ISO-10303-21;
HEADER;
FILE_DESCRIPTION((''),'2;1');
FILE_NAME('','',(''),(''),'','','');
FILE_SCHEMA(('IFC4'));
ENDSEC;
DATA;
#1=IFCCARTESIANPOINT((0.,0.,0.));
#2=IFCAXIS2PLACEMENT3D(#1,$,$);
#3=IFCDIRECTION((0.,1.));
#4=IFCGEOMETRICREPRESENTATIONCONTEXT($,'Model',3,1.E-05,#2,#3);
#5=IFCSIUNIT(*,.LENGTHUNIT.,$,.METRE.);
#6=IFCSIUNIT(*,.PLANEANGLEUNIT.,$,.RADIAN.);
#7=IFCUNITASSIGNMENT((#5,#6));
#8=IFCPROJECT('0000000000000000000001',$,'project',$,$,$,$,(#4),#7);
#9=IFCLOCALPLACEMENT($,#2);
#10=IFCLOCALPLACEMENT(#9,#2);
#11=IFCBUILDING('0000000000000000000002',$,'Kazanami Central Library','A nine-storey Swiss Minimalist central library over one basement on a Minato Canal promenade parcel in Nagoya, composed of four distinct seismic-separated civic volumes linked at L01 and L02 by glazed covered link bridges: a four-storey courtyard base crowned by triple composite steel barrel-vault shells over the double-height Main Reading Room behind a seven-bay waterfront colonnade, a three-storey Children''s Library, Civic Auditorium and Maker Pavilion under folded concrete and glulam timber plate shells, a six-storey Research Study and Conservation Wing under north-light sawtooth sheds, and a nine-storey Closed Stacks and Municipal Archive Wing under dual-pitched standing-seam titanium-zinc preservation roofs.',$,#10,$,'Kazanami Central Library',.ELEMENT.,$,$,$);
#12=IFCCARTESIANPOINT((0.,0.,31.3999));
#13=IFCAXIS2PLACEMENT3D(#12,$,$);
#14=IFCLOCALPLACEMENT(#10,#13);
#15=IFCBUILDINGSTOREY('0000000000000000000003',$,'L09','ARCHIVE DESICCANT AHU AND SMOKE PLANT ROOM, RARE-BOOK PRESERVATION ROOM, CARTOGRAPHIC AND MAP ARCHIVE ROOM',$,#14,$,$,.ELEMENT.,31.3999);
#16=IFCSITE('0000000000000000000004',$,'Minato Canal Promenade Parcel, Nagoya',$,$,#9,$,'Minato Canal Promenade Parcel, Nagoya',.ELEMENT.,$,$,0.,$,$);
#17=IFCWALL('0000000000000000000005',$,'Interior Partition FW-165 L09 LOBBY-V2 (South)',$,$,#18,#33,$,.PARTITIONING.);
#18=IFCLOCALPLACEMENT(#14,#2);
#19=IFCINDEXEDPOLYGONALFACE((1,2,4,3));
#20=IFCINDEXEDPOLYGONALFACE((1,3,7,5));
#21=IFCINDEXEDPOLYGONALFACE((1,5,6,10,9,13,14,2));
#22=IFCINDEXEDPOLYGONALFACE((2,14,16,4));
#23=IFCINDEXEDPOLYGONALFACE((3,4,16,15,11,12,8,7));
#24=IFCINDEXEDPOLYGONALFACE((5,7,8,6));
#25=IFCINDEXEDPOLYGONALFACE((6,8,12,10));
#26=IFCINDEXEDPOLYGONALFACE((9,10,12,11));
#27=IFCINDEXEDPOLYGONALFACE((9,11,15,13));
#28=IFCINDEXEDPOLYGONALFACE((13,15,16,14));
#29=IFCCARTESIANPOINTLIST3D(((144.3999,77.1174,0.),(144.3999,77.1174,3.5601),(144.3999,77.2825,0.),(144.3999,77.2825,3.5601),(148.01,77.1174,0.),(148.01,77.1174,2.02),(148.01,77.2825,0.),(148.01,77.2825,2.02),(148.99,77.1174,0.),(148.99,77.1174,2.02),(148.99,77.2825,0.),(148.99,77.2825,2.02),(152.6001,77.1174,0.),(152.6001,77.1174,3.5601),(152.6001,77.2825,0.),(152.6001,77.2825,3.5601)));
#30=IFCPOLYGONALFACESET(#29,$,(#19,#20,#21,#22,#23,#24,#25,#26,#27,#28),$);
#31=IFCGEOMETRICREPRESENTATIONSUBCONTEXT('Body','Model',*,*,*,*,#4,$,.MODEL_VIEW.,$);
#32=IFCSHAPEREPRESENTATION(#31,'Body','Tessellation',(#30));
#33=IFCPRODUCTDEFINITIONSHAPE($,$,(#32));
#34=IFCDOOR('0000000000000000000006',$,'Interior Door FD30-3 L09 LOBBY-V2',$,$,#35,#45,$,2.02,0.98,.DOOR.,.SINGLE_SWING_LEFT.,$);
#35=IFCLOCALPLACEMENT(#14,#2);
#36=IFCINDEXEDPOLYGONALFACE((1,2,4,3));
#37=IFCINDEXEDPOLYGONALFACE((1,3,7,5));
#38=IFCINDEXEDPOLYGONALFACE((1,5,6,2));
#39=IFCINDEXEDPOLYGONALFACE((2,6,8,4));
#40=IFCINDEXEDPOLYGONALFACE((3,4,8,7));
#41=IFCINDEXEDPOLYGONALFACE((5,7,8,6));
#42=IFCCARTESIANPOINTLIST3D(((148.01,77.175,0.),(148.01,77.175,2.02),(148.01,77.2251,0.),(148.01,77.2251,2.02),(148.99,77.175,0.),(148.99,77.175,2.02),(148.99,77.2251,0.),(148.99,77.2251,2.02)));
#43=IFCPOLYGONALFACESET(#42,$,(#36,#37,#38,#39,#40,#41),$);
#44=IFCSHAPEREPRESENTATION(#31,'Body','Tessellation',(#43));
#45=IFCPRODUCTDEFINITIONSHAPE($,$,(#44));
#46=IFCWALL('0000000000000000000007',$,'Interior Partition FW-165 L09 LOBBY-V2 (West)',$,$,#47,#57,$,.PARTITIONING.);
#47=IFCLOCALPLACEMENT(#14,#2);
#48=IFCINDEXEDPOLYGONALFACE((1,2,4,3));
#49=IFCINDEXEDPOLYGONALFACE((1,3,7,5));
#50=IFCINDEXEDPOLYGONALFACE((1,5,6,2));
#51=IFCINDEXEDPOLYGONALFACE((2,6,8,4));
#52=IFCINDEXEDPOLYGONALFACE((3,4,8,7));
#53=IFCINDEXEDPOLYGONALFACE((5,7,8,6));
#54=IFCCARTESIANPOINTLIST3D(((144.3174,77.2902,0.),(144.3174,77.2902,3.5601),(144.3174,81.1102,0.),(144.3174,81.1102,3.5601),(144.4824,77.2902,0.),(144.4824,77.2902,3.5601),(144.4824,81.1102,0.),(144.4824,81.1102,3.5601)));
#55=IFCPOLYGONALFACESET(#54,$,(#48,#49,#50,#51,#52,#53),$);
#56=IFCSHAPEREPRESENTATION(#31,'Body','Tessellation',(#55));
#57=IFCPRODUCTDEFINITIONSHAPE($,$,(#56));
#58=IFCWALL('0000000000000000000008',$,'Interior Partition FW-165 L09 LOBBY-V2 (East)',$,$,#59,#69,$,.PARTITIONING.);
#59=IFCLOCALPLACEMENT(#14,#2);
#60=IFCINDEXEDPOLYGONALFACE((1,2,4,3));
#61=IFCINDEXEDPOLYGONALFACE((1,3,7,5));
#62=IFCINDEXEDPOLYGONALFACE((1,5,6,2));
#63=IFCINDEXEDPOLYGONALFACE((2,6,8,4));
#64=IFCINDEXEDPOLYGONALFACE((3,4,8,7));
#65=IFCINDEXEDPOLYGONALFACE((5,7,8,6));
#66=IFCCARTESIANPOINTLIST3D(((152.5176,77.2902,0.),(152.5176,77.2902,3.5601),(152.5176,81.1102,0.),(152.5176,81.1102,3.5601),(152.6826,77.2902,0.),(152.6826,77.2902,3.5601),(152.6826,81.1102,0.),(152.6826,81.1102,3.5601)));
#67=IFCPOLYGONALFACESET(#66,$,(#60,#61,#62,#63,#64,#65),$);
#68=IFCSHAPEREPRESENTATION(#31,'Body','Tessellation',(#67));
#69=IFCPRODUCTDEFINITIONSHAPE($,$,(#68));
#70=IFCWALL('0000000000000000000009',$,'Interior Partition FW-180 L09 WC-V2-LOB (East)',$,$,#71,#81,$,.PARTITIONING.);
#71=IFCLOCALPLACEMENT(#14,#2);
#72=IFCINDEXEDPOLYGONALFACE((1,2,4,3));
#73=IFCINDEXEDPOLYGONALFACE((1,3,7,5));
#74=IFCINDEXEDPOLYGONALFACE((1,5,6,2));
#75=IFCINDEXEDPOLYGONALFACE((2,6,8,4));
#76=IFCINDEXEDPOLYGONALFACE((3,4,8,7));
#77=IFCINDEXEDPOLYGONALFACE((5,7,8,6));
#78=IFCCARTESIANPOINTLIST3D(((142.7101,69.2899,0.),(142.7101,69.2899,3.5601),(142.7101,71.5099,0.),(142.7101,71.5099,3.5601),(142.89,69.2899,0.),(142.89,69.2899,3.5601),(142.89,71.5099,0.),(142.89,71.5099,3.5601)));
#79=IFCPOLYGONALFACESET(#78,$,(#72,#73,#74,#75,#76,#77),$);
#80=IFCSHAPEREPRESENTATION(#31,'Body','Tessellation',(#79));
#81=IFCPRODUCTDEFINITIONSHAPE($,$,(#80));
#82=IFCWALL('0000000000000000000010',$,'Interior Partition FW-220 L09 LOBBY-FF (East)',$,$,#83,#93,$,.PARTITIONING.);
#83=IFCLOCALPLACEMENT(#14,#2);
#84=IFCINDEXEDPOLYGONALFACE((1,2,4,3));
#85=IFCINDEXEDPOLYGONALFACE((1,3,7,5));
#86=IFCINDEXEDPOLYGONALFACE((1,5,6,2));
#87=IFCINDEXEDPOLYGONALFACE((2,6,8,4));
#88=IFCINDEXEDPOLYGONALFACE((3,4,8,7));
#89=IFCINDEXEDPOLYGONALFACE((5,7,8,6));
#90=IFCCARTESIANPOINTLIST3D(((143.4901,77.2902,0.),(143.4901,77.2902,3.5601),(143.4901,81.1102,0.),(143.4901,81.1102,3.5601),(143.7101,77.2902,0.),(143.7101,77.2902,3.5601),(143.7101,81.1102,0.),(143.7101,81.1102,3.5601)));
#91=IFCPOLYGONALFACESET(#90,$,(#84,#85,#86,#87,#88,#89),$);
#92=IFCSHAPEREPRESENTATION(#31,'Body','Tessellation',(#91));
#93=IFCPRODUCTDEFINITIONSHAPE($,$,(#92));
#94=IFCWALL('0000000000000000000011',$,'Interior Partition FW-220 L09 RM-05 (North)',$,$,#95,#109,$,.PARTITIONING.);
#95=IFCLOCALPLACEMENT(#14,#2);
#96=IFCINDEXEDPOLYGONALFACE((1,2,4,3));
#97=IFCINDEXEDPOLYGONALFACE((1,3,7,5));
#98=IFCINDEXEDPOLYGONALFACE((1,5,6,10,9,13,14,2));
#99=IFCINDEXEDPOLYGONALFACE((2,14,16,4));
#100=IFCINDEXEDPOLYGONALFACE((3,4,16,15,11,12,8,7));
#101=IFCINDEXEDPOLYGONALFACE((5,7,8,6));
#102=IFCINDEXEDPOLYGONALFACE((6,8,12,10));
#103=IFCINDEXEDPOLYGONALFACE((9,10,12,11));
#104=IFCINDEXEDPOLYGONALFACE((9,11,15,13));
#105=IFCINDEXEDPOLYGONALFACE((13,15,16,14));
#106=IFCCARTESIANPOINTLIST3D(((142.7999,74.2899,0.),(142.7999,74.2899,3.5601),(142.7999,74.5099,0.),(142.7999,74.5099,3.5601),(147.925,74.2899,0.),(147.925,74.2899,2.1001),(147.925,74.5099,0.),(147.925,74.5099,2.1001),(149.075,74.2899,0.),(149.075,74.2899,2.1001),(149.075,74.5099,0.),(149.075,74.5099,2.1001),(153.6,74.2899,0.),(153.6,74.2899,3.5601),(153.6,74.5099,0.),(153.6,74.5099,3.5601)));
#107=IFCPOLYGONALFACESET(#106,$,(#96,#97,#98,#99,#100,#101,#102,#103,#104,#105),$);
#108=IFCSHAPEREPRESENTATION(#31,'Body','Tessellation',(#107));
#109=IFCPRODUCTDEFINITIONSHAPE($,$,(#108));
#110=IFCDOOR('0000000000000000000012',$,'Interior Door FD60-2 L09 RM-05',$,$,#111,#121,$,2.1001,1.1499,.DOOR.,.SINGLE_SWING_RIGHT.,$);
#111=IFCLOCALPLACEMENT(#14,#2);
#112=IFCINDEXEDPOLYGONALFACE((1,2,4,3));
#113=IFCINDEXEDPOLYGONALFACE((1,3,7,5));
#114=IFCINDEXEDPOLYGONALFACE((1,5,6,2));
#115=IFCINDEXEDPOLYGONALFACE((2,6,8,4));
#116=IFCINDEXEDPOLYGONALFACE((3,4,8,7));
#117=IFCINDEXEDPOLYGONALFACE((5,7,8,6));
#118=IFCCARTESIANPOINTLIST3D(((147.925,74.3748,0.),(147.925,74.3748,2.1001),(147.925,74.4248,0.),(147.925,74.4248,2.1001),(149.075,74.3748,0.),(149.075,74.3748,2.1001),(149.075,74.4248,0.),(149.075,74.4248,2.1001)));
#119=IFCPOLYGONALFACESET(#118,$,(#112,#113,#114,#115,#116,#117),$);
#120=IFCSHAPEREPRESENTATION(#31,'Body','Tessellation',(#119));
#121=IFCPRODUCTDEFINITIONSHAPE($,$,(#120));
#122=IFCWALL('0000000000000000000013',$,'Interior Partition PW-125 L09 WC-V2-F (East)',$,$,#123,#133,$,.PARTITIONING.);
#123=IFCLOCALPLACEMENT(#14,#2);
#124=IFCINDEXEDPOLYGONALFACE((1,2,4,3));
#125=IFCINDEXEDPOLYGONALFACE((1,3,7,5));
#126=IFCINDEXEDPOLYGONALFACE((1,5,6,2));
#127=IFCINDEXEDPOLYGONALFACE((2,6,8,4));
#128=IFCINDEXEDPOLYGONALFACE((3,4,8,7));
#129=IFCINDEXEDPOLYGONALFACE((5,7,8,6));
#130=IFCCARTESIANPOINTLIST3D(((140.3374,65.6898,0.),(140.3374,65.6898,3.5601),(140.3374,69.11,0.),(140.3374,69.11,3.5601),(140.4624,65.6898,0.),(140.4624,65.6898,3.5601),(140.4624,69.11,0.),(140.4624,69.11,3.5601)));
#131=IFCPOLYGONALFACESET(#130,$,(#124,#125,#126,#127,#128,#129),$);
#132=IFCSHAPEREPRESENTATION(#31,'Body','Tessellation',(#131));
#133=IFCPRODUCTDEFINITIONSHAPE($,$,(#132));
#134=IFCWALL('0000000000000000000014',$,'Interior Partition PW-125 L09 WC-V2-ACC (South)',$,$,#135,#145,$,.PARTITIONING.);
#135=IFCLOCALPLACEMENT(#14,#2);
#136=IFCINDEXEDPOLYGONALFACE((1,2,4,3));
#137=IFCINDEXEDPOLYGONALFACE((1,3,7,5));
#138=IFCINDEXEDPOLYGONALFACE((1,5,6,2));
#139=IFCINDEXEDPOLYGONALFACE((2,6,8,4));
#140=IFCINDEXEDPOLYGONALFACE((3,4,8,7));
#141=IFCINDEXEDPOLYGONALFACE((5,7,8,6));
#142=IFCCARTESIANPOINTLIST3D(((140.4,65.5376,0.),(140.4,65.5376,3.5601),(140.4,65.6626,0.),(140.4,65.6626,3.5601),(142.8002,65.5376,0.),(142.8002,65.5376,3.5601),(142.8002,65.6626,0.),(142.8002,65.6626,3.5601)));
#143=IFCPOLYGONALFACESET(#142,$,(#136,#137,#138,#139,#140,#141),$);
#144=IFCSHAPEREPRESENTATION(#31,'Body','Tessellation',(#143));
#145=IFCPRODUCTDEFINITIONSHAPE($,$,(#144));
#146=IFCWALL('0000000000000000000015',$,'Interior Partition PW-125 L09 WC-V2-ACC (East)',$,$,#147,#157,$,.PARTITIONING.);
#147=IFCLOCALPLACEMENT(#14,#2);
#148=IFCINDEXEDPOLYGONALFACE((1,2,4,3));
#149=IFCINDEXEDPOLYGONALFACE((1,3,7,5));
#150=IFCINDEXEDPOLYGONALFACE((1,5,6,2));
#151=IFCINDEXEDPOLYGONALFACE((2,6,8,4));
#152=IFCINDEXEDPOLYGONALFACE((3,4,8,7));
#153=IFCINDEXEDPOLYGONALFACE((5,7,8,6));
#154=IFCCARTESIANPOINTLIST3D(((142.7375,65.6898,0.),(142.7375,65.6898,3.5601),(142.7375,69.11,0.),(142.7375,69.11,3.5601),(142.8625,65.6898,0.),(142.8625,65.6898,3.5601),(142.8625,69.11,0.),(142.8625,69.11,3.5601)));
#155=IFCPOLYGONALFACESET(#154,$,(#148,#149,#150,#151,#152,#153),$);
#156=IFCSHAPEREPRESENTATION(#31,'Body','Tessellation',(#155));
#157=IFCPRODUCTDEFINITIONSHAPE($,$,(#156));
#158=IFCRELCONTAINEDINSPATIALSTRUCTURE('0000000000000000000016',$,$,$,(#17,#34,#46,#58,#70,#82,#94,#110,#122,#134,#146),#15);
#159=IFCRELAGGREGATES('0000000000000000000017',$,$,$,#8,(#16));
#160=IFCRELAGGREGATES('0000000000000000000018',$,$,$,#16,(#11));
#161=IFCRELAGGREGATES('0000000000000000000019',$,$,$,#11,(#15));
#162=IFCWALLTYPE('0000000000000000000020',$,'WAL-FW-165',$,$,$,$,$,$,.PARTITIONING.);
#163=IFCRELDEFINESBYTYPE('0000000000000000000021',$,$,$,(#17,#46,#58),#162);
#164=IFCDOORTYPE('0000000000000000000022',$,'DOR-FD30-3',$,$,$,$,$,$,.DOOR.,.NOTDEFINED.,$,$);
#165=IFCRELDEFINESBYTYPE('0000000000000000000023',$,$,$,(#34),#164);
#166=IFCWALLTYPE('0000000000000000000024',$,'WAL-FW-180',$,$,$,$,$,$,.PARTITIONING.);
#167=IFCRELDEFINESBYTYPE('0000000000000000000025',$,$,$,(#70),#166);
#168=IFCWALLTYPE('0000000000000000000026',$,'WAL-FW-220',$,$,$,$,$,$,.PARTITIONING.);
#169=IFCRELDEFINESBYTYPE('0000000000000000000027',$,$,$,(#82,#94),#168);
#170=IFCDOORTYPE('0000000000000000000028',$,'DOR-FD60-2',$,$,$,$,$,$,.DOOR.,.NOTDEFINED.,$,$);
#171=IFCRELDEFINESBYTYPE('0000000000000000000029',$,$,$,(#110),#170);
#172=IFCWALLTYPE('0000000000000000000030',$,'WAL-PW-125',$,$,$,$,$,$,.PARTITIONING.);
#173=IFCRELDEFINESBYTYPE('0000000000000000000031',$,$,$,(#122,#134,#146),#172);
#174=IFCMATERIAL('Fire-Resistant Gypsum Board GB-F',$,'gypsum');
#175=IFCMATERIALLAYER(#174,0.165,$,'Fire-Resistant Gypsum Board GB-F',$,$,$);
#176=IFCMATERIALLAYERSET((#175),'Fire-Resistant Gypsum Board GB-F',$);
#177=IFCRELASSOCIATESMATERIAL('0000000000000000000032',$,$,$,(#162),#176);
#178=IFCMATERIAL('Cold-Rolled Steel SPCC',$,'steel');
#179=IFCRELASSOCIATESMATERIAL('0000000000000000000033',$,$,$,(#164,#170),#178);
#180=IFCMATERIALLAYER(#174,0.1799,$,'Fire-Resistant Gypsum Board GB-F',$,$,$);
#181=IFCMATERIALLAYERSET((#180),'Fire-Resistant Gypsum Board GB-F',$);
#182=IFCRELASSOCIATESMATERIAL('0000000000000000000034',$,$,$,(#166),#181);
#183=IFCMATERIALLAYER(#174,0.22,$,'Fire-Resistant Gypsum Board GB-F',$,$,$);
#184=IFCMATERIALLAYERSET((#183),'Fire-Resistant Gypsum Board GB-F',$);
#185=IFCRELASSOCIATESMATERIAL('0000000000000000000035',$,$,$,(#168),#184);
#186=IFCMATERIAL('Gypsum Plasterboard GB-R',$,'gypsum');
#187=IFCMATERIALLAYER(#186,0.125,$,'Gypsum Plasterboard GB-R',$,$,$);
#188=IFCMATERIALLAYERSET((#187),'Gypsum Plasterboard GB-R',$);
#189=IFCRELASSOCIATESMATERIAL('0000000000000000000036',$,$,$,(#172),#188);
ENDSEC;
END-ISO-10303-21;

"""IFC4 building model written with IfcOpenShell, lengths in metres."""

from ifc_helpers import new_model, si_unit, direction, frame, frame_2d, origin, place, context, subcontext, project, spatial, rectangle, extrude, material, layer, layer_set, type_object, element, fill, save


model = new_model("IFC4")

# Units and contexts
model_context = context("Model", 3, precision=1e-05, world=origin(), true_north=direction((0.0, 1.0)))
body_context = subcontext(model_context, "Body", "Model", "MODEL_VIEW")
ifc_project = project(units=[si_unit("LENGTHUNIT", "METRE"), si_unit("PLANEANGLEUNIT", "RADIAN")], contexts=[model_context])

# Site, building, storey
site_placement = place(None, origin())
site = spatial("IfcSite", under=ifc_project, at=site_placement, Name="Minato Canal Promenade Parcel, Nagoya", LongName="Minato Canal Promenade Parcel, Nagoya", CompositionType="ELEMENT", RefElevation=0.0)
building_placement = place(site_placement, origin())
building = spatial("IfcBuilding", under=site, at=building_placement, Name="Kazanami Central Library", Description="A nine-storey Swiss Minimalist central library over one basement on a Minato Canal promenade parcel in Nagoya, composed of four distinct seismic-separated civic volumes linked at L01 and L02 by glazed covered link bridges: a four-storey courtyard base crowned by triple composite steel barrel-vault shells over the double-height Main Reading Room behind a seven-bay waterfront colonnade, a three-storey Children's Library, Civic Auditorium and Maker Pavilion under folded concrete and glulam timber plate shells, a six-storey Research Study and Conservation Wing under north-light sawtooth sheds, and a nine-storey Closed Stacks and Municipal Archive Wing under dual-pitched standing-seam titanium-zinc preservation roofs.", LongName="Kazanami Central Library", CompositionType="ELEMENT")
storey_placement = place(building_placement, frame((0.0, 0.0, 31.3999)))
storey = spatial("IfcBuildingStorey", under=building, at=storey_placement, Name="L09", Description="ARCHIVE DESICCANT AHU AND SMOKE PLANT ROOM, RARE-BOOK PRESERVATION ROOM, CARTOGRAPHIC AND MAP ARCHIVE ROOM", CompositionType="ELEMENT", Elevation=31.3999)

# Wall, opening, door
ifc_material_1 = material(Name="Fire-Resistant Gypsum Board GB-F", Category="gypsum")
ifc_layer_1 = layer(ifc_material_1, 0.165, Name="Fire-Resistant Gypsum Board GB-F")
ifc_layer_set_1 = layer_set([ifc_layer_1], Name="Fire-Resistant Gypsum Board GB-F")
wall_type_1 = type_object("IfcWallType", Name="WAL-FW-165", PredefinedType="PARTITIONING", material=ifc_layer_set_1)
wall_1_placement = place(storey_placement, frame((144.3999, 77.2, 0.0), z_axis=(0.0, 0.0, 1.0), x_axis=(1.0, 0.0, 0.0)))
wall_1 = element("IfcWall", 1, at=wall_1_placement, inside=storey, type_object=wall_type_1, Name="Interior Partition FW-165 L09 LOBBY-V2 (South)", PredefinedType="PARTITIONING", context=body_context, shape_type="SweptSolid", body=[
    extrude(rectangle(XDim=8.2002, YDim=0.165, at=frame_2d((4.1001, 0.0))), origin(), (0.0, 0.0, 1.0), 3.5601),
])
opening_1_placement = place(wall_1_placement, frame((3.6101, 0.0, 0.0)))
opening_1 = element("IfcOpeningElement", 2, at=opening_1_placement, cuts=wall_1, PredefinedType="OPENING", context=body_context, shape_type="SweptSolid", body=[
    extrude(rectangle(XDim=0.98, YDim=2.02, at=frame_2d((0.49, 1.01))), frame((0.0, 0.0945, 0.0), z_axis=(0.0, -1.0, 0.0), x_axis=(1.0, 0.0, 0.0)), (0.0, 0.0, 1.0), 0.189),
])
ifc_material_2 = material(Name="Cold-Rolled Steel SPCC", Category="steel")
door_type_1 = type_object("IfcDoorType", Name="DOR-FD30-3", OperationType="NOTDEFINED", PredefinedType="DOOR", material=ifc_material_2)
door_1_placement = place(opening_1_placement, frame((0.98, 0.0, 0.0), z_axis=(0.0, 0.0, 1.0), x_axis=(-1.0, 0.0, 0.0)))
door_1 = element("IfcDoor", 3, at=door_1_placement, inside=storey, type_object=door_type_1, Name="Interior Door FD30-3 L09 LOBBY-V2", OperationType="SINGLE_SWING_LEFT", OverallHeight=2.02, OverallWidth=0.98, PredefinedType="DOOR", context=body_context, shape_type="SweptSolid", body=[
    extrude(rectangle(XDim=0.98, YDim=2.02, at=frame_2d((0.49, 1.01))), frame((0.0, 0.0249, 0.0), z_axis=(0.0, -1.0, 0.0), x_axis=(1.0, 0.0, 0.0)), (0.0, 0.0, 1.0), 0.05),
])
fill(opening_1, door_1)

# Walls
for number, where, z_axis, x_axis, name in (
    (4, (144.3999, 77.29, 0.0), (0.0, 0.0, 1.0), (0.0, 1.0, 0.0), "Interior Partition FW-165 L09 LOBBY-V2 (West)"),
    (5, (152.6001, 77.29, 0.0), (0.0, 0.0, 1.0), (0.0, 1.0, 0.0), "Interior Partition FW-165 L09 LOBBY-V2 (East)"),
):
    element("IfcWall", number, at=place(storey_placement, frame(where, z_axis=z_axis, x_axis=x_axis)), inside=storey, type_object=wall_type_1, Name=name, PredefinedType="PARTITIONING", context=body_context, shape_type="SweptSolid", body=[
        extrude(rectangle(XDim=3.8201, YDim=0.165, at=frame_2d((1.9102, 0.0))), origin(), (0.0, 0.0, 1.0), 3.5601),
    ])
ifc_layer_2 = layer(ifc_material_1, 0.1799, Name="Fire-Resistant Gypsum Board GB-F")
ifc_layer_set_2 = layer_set([ifc_layer_2], Name="Fire-Resistant Gypsum Board GB-F")
wall_type_2 = type_object("IfcWallType", Name="WAL-FW-180", PredefinedType="PARTITIONING", material=ifc_layer_set_2)
wall_2_placement = place(storey_placement, frame((142.8, 69.29, 0.0), z_axis=(0.0, 0.0, 1.0), x_axis=(0.0, 1.0, 0.0)))
element("IfcWall", 6, at=wall_2_placement, inside=storey, type_object=wall_type_2, Name="Interior Partition FW-180 L09 WC-V2-LOB (East)", PredefinedType="PARTITIONING", context=body_context, shape_type="SweptSolid", body=[
    extrude(rectangle(XDim=2.22, YDim=0.1799, at=frame_2d((1.1099, 0.0))), origin(), (0.0, 0.0, 1.0), 3.5601),
])
ifc_layer_3 = layer(ifc_material_1, 0.22, Name="Fire-Resistant Gypsum Board GB-F")
ifc_layer_set_3 = layer_set([ifc_layer_3], Name="Fire-Resistant Gypsum Board GB-F")
wall_type_3 = type_object("IfcWallType", Name="WAL-FW-220", PredefinedType="PARTITIONING", material=ifc_layer_set_3)
wall_3_placement = place(storey_placement, frame((143.6001, 77.29, 0.0), z_axis=(0.0, 0.0, 1.0), x_axis=(0.0, 1.0, 0.0)))
element("IfcWall", 7, at=wall_3_placement, inside=storey, type_object=wall_type_3, Name="Interior Partition FW-220 L09 LOBBY-FF (East)", PredefinedType="PARTITIONING", context=body_context, shape_type="SweptSolid", body=[
    extrude(rectangle(XDim=3.8201, YDim=0.22, at=frame_2d((1.9102, 0.0))), origin(), (0.0, 0.0, 1.0), 3.5601),
])

# Wall, opening, door
wall_4_placement = place(storey_placement, frame((142.8, 74.3999, 0.0), z_axis=(0.0, 0.0, 1.0), x_axis=(1.0, 0.0, 0.0)))
wall_4 = element("IfcWall", 8, at=wall_4_placement, inside=storey, type_object=wall_type_3, Name="Interior Partition FW-220 L09 RM-05 (North)", PredefinedType="PARTITIONING", context=body_context, shape_type="SweptSolid", body=[
    extrude(rectangle(XDim=10.8, YDim=0.22, at=frame_2d((5.3999, 0.0))), origin(), (0.0, 0.0, 1.0), 3.5601),
])
opening_2_placement = place(wall_4_placement, frame((5.125, 0.0, 0.0)))
opening_2 = element("IfcOpeningElement", 9, at=opening_2_placement, cuts=wall_4, PredefinedType="OPENING", context=body_context, shape_type="SweptSolid", body=[
    extrude(rectangle(XDim=1.1499, YDim=2.1001, at=frame_2d((0.575, 1.05))), frame((0.0, 0.1221, 0.0), z_axis=(0.0, -1.0, 0.0), x_axis=(1.0, 0.0, 0.0)), (0.0, 0.0, 1.0), 0.2439),
])
door_type_2 = type_object("IfcDoorType", Name="DOR-FD60-2", OperationType="NOTDEFINED", PredefinedType="DOOR", material=ifc_material_2)
door_2_placement = place(opening_2_placement, origin())
door_2 = element("IfcDoor", 10, at=door_2_placement, inside=storey, type_object=door_type_2, Name="Interior Door FD60-2 L09 RM-05", OperationType="SINGLE_SWING_RIGHT", OverallHeight=2.1001, OverallWidth=1.1499, PredefinedType="DOOR", context=body_context, shape_type="SweptSolid", body=[
    extrude(rectangle(XDim=1.1499, YDim=2.1001, at=frame_2d((0.575, 1.05))), frame((0.0, 0.0249, 0.0), z_axis=(0.0, -1.0, 0.0), x_axis=(1.0, 0.0, 0.0)), (0.0, 0.0, 1.0), 0.05),
])
fill(opening_2, door_2)

# Walls
ifc_material_3 = material(Name="Gypsum Plasterboard GB-R", Category="gypsum")
ifc_layer_4 = layer(ifc_material_3, 0.125, Name="Gypsum Plasterboard GB-R")
ifc_layer_set_4 = layer_set([ifc_layer_4], Name="Gypsum Plasterboard GB-R")
wall_type_4 = type_object("IfcWallType", Name="WAL-PW-125", PredefinedType="PARTITIONING", material=ifc_layer_set_4)
wall_5_placement = place(storey_placement, frame((140.3999, 65.6899, 0.0), z_axis=(0.0, 0.0, 1.0), x_axis=(0.0, 1.0, 0.0)))
element("IfcWall", 11, at=wall_5_placement, inside=storey, type_object=wall_type_4, Name="Interior Partition PW-125 L09 WC-V2-F (East)", PredefinedType="PARTITIONING", context=body_context, shape_type="SweptSolid", body=[
    extrude(rectangle(XDim=3.4202, YDim=0.125, at=frame_2d((1.71, 0.0))), origin(), (0.0, 0.0, 1.0), 3.5601),
])
wall_6_placement = place(storey_placement, frame((140.3999, 65.6001, 0.0), z_axis=(0.0, 0.0, 1.0), x_axis=(1.0, 0.0, 0.0)))
element("IfcWall", 12, at=wall_6_placement, inside=storey, type_object=wall_type_4, Name="Interior Partition PW-125 L09 WC-V2-ACC (South)", PredefinedType="PARTITIONING", context=body_context, shape_type="SweptSolid", body=[
    extrude(rectangle(XDim=2.4001, YDim=0.125, at=frame_2d((1.2002, 0.0))), origin(), (0.0, 0.0, 1.0), 3.5601),
])
wall_7_placement = place(storey_placement, frame((142.8, 65.6899, 0.0), z_axis=(0.0, 0.0, 1.0), x_axis=(0.0, 1.0, 0.0)))
element("IfcWall", 13, at=wall_7_placement, inside=storey, type_object=wall_type_4, Name="Interior Partition PW-125 L09 WC-V2-ACC (East)", PredefinedType="PARTITIONING", context=body_context, shape_type="SweptSolid", body=[
    extrude(rectangle(XDim=3.4202, YDim=0.125, at=frame_2d((1.71, 0.0))), origin(), (0.0, 0.0, 1.0), 3.5601),
])

save(model, "model.ifc")
